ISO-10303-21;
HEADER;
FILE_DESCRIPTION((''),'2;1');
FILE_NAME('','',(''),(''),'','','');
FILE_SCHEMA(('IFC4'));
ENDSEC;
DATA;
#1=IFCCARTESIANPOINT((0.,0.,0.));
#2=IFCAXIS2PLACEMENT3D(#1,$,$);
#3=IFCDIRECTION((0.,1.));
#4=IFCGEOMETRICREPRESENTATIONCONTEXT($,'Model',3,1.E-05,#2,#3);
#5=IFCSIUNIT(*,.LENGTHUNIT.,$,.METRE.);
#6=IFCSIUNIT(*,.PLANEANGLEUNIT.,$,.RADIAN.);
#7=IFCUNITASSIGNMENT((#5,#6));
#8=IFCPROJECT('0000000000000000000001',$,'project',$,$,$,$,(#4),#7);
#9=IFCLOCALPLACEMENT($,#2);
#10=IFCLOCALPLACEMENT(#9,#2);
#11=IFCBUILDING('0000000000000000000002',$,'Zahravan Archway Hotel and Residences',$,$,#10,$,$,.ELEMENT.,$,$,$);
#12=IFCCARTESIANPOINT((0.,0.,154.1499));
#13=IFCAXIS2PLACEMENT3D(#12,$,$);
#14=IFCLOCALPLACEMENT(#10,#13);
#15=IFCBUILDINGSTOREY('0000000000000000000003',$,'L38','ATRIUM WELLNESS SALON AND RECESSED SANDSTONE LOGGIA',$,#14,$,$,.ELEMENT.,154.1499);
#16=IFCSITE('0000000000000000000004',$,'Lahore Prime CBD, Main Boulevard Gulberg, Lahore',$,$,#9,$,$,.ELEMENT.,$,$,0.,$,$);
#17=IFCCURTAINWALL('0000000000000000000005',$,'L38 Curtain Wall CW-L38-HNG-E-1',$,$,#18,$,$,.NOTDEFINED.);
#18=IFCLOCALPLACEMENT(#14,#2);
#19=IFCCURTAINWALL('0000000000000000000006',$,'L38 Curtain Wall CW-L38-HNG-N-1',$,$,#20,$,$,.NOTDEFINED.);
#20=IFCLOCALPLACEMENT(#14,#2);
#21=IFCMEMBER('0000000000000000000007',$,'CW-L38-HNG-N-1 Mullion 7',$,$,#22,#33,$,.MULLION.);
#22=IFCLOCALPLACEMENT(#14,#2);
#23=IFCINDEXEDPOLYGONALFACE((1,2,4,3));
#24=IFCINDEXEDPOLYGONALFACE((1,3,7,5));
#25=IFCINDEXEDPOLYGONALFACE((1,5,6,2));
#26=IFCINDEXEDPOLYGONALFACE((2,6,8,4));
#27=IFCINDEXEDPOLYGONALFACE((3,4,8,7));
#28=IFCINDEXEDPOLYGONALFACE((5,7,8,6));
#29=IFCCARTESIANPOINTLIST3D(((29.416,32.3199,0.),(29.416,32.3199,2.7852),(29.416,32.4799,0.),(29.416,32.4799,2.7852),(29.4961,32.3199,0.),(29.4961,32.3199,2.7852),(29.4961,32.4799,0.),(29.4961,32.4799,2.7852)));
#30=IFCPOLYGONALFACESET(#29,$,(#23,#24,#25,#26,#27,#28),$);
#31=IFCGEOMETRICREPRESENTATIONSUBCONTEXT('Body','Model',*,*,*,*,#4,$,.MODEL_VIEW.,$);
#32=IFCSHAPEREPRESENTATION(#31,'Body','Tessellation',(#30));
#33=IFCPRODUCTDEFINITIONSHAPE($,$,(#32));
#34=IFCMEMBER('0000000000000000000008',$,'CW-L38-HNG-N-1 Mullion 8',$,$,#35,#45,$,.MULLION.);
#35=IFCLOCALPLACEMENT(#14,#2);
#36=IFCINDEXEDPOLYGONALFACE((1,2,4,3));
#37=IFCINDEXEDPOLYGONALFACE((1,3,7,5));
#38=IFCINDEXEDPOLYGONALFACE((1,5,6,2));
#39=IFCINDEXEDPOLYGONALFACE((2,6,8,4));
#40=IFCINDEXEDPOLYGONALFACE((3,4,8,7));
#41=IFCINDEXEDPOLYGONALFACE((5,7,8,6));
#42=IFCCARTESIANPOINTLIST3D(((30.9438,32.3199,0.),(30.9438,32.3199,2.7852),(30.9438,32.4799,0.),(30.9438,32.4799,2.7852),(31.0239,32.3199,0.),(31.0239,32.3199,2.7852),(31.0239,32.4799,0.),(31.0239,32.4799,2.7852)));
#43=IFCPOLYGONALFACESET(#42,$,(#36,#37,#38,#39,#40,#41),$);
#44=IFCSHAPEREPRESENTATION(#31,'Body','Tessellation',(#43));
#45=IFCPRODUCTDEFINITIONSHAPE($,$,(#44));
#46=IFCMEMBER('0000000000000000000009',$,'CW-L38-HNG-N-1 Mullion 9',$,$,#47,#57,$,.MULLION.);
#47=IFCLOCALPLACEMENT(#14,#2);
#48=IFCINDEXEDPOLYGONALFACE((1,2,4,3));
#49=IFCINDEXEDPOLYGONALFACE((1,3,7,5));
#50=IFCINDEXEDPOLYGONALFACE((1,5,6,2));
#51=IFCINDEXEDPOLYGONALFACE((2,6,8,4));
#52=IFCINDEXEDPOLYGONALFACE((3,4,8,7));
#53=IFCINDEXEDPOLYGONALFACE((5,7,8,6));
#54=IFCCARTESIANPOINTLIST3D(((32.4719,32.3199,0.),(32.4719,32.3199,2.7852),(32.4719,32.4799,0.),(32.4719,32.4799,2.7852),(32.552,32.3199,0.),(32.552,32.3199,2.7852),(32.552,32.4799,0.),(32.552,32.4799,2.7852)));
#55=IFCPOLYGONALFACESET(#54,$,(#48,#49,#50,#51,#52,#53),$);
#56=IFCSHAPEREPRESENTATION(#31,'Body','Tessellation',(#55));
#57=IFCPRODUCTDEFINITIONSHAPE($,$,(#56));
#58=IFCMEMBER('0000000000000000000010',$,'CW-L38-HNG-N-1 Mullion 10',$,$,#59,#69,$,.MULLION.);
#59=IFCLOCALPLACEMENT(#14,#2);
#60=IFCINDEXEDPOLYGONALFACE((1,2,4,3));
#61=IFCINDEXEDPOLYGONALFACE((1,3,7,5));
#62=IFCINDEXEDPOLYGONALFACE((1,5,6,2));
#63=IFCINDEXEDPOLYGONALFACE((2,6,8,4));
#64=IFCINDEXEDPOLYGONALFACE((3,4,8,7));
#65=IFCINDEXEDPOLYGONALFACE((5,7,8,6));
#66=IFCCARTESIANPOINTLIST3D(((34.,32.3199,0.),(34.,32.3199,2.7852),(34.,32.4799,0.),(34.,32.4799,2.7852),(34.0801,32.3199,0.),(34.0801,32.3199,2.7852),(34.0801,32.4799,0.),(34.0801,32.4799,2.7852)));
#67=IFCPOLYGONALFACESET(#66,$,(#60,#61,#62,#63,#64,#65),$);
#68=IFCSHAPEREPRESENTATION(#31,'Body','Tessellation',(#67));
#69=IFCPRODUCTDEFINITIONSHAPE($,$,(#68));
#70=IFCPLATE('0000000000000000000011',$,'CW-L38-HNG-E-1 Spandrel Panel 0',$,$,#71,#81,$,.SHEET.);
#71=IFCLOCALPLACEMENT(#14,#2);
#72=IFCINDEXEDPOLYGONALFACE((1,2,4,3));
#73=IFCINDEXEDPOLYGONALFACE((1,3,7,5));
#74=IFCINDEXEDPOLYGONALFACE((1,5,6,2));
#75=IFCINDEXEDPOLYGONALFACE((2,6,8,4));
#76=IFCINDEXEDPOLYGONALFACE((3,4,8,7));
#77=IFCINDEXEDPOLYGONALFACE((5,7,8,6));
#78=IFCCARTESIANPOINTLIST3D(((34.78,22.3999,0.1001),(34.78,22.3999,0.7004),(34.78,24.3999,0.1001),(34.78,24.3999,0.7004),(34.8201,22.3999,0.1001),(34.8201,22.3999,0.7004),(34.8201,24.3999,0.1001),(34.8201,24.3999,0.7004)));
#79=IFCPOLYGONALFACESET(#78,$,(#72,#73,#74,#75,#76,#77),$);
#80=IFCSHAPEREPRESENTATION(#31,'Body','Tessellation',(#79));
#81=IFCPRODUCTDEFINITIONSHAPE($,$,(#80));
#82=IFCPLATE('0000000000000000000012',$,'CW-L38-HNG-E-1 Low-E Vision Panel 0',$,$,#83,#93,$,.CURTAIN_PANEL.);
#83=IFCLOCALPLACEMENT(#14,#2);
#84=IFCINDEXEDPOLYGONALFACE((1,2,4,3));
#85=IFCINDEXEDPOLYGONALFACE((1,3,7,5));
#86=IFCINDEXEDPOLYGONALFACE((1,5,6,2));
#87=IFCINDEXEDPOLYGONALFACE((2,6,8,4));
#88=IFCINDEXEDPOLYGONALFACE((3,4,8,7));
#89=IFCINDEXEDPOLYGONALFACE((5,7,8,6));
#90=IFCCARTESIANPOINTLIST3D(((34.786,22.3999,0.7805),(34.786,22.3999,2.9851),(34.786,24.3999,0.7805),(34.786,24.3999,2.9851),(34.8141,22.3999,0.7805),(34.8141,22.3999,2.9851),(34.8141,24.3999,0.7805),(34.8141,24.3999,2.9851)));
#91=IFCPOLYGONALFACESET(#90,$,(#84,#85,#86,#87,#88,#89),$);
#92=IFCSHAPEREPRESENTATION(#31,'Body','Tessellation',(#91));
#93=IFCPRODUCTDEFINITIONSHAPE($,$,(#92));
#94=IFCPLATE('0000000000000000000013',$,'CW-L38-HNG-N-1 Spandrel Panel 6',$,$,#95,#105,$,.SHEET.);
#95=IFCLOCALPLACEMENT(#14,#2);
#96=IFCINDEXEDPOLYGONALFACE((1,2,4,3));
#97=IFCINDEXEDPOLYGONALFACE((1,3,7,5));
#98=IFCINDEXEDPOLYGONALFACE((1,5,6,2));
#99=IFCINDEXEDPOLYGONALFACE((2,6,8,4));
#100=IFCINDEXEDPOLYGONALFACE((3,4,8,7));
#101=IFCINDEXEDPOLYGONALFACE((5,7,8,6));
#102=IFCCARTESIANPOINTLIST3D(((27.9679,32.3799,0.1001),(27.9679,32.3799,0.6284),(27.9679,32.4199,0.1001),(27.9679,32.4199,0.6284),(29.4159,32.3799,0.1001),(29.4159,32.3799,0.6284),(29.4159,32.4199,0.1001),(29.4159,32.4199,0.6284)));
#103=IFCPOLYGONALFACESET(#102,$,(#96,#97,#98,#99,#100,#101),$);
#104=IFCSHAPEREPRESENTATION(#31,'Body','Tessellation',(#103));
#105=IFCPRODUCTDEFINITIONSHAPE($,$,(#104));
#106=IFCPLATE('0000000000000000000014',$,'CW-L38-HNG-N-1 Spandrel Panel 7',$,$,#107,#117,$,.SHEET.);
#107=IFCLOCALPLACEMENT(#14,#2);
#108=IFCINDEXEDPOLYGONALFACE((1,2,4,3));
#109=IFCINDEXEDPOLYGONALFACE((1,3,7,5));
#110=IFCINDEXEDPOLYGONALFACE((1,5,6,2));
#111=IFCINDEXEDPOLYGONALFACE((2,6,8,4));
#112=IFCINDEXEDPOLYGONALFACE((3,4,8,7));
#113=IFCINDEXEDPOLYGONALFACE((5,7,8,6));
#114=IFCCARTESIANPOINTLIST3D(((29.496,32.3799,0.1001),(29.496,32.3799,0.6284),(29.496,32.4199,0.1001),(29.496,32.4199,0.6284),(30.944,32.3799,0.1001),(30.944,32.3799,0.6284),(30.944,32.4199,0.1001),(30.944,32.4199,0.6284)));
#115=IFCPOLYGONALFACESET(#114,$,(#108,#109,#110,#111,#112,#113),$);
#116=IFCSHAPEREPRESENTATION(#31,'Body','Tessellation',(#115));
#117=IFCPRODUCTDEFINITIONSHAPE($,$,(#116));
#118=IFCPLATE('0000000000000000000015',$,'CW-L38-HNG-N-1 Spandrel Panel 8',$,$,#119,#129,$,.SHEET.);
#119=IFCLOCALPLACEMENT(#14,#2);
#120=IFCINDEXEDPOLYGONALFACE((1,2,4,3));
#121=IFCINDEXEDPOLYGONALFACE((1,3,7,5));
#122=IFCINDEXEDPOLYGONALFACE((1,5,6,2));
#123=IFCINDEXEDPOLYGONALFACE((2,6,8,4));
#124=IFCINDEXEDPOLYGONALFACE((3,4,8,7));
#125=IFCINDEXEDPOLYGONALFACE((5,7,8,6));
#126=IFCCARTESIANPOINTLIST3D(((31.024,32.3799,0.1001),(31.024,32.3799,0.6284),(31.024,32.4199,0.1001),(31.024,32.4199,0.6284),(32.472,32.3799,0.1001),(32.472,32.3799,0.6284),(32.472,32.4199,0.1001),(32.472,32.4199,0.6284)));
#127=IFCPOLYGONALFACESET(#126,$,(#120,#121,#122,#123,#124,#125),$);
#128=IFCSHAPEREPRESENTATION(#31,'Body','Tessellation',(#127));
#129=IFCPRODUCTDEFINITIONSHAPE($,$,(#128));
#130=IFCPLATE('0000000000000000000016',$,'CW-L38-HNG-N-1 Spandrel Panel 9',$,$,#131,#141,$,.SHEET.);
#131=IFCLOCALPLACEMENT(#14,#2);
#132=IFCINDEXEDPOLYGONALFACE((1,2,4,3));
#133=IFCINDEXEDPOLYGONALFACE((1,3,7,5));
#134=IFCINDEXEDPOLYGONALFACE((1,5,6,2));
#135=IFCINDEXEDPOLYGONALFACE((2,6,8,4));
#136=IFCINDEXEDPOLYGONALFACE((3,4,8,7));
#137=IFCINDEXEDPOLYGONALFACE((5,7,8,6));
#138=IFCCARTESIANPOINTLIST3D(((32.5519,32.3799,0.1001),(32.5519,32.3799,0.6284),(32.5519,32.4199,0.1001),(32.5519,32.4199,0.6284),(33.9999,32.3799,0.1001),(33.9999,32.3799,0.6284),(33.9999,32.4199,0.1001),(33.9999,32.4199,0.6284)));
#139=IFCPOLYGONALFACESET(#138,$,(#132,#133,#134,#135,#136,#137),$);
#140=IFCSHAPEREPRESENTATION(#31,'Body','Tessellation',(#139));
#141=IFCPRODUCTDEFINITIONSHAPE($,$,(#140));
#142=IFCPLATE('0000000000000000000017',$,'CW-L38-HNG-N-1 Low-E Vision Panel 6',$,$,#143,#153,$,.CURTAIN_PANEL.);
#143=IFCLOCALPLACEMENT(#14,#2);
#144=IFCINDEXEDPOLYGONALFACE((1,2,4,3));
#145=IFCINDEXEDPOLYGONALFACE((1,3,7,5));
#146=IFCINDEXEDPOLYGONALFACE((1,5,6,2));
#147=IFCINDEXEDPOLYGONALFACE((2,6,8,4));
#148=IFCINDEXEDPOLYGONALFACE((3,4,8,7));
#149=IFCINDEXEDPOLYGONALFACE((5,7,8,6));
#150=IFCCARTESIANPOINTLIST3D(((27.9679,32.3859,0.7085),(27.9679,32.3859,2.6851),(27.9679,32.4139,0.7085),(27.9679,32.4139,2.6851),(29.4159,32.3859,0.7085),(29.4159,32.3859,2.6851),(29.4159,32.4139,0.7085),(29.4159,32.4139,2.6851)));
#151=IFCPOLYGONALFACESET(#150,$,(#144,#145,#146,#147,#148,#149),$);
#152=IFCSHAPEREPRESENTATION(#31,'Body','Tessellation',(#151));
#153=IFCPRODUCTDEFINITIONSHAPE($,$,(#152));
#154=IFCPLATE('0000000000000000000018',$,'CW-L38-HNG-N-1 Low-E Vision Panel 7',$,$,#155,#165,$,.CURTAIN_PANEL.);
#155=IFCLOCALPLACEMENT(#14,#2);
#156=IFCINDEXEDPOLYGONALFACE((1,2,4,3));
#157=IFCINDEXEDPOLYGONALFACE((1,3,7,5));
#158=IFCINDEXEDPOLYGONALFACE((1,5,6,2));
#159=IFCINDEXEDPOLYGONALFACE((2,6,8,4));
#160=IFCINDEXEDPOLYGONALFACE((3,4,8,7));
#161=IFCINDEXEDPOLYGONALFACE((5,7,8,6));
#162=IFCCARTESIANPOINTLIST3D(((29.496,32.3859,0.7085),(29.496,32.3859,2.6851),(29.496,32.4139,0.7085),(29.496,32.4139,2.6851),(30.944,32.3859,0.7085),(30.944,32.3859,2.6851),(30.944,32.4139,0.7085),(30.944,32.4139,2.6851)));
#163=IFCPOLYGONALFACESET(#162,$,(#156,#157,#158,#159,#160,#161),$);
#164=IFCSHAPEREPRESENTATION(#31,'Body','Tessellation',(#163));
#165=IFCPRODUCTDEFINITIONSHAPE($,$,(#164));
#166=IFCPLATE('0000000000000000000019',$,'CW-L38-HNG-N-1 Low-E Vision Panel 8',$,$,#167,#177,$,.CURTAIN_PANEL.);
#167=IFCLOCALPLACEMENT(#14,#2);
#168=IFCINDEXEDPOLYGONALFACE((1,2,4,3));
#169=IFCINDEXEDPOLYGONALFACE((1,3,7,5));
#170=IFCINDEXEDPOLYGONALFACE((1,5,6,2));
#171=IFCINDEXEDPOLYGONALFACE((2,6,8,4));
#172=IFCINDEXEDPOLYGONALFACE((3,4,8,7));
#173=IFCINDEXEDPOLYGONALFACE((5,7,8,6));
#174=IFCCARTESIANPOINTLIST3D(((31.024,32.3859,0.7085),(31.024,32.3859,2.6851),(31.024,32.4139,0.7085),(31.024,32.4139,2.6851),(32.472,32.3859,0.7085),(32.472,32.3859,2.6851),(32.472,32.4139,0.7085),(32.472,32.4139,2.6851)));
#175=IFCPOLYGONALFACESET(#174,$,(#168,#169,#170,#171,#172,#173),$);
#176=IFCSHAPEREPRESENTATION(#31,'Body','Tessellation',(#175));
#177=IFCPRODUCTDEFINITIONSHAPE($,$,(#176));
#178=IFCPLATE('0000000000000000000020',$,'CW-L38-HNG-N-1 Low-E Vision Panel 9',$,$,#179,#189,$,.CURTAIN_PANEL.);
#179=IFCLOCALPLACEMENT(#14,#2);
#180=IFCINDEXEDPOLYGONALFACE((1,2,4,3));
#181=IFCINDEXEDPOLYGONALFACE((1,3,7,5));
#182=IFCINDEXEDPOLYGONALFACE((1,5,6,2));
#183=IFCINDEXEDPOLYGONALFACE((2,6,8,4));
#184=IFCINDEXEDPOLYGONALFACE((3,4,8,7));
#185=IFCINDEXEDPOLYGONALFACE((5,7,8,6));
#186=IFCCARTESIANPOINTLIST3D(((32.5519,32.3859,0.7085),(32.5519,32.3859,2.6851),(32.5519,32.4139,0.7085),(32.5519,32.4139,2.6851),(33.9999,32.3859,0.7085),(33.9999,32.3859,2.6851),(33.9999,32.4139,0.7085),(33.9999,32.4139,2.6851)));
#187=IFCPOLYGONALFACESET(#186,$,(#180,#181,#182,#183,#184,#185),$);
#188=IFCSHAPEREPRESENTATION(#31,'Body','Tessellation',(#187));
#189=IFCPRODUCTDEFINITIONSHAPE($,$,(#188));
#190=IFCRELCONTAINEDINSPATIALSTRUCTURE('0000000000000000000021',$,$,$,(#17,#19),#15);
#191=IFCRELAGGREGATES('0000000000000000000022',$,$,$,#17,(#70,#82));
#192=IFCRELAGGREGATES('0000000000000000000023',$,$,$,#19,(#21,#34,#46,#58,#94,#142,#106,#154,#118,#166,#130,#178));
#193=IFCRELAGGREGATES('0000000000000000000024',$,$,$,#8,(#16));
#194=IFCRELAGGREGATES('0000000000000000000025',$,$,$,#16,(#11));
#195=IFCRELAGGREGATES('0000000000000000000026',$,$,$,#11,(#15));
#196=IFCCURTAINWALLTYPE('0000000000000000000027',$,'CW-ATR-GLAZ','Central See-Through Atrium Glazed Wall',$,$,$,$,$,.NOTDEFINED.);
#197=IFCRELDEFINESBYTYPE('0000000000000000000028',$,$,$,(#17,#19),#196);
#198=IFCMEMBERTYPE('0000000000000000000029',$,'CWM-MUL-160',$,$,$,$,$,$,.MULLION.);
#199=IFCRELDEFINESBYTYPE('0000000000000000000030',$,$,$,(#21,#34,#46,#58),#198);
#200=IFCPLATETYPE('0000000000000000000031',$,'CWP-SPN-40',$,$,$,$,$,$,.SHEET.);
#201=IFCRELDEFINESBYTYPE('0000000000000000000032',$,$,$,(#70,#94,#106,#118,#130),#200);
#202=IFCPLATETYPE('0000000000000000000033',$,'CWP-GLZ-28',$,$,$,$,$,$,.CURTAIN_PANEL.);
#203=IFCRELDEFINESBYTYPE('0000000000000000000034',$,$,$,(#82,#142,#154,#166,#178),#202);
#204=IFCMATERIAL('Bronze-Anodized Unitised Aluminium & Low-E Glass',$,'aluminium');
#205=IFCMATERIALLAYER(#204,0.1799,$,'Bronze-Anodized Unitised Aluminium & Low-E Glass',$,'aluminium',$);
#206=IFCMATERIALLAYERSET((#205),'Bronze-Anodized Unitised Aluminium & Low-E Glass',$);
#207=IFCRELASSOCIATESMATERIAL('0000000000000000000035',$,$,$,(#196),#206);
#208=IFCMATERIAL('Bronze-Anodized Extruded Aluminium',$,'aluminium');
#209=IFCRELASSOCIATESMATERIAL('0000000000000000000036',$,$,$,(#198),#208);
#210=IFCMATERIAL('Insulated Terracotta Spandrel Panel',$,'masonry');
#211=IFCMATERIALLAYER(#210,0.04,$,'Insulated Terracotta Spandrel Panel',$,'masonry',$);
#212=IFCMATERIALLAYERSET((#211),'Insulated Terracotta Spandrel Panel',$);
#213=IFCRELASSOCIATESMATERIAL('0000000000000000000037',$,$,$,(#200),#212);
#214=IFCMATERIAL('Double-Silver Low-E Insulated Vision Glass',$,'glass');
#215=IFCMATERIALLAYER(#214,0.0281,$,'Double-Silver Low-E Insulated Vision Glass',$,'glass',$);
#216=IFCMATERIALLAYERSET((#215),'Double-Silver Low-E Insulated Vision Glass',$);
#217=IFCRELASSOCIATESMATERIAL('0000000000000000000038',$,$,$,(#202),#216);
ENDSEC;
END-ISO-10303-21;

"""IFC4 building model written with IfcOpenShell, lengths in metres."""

from ifc_helpers import new_model, si_unit, direction, frame, origin, origin_2d, place, context, subcontext, project, spatial, rectangle, extrude, source, transform, mapped, material, layer, layer_set, material_profile, profile_set, type_object, element, aggregate, save


model = new_model("IFC4")

# Units and contexts
model_context = context("Model", 3, precision=1e-05, world=origin(), true_north=direction((0.0, 1.0)))
body_context = subcontext(model_context, "Body", "Model", "MODEL_VIEW")
ifc_project = project(units=[si_unit("LENGTHUNIT", "METRE"), si_unit("PLANEANGLEUNIT", "RADIAN")], contexts=[model_context])

# Site, building, storey
site_placement = place(None, origin())
site = spatial("IfcSite", under=ifc_project, at=site_placement, Name="Lahore Prime CBD, Main Boulevard Gulberg, Lahore", CompositionType="ELEMENT", RefElevation=0.0)
building_placement = place(site_placement, origin())
building = spatial("IfcBuilding", under=site, at=building_placement, Name="Zahravan Archway Hotel and Residences", CompositionType="ELEMENT")
storey_placement = place(building_placement, frame((0.0, 0.0, 154.1499)))
storey = spatial("IfcBuildingStorey", under=building, at=storey_placement, Name="L38", Description="ATRIUM WELLNESS SALON AND RECESSED SANDSTONE LOGGIA", CompositionType="ELEMENT", Elevation=154.1499)

# Curtain walls
ifc_material_1 = material(Name="Bronze-Anodized Unitised Aluminium & Low-E Glass", Category="aluminium")
ifc_layer_1 = layer(ifc_material_1, 0.1799, Name="Bronze-Anodized Unitised Aluminium & Low-E Glass", Category="aluminium")
ifc_layer_set_1 = layer_set([ifc_layer_1], Name="Bronze-Anodized Unitised Aluminium & Low-E Glass")
curtain_wall_type = type_object("IfcCurtainWallType", Name="CW-ATR-GLAZ", Description="Central See-Through Atrium Glazed Wall", PredefinedType="NOTDEFINED", material=ifc_layer_set_1)
curtain_wall_1_placement = place(storey_placement, origin())
curtain_wall_1 = element("IfcCurtainWall", 1, at=curtain_wall_1_placement, inside=storey, type_object=curtain_wall_type, Name="L38 Curtain Wall CW-L38-HNG-E-1", PredefinedType="NOTDEFINED")
ifc_material_2 = material(Name="Bronze-Anodized Extruded Aluminium", Category="aluminium")
curtain_wall_2_placement = place(storey_placement, origin())
curtain_wall_2 = element("IfcCurtainWall", 2, at=curtain_wall_2_placement, inside=storey, type_object=curtain_wall_type, Name="L38 Curtain Wall CW-L38-HNG-N-1", PredefinedType="NOTDEFINED")

# Members
ifc_material_profile_1 = material_profile(ifc_material_2, rectangle(XDim=0.0801, YDim=0.1599, at=origin_2d()), Name="MUL 80x160", Category="aluminium")
ifc_profile_set_1 = profile_set([ifc_material_profile_1], Name="Bronze-Anodized Extruded Aluminium")
member_type_1 = type_object("IfcMemberType", Name="CWM-MUL-160", PredefinedType="MULLION", material=ifc_profile_set_1)
shared_shape_1 = source(origin(), body_context, "Body", "SweptSolid", [
    extrude(rectangle(XDim=0.0801, YDim=0.1599, at=origin_2d()), origin(), (0.0, 0.0, 1.0), 2.7852),
])
member_1_placement = place(storey_placement, frame((29.4561, 32.3999, 0.0), z_axis=(0.0, 0.0, 1.0), x_axis=(1.0, 0.0, 0.0)))
member_1 = element("IfcMember", 3, at=member_1_placement, type_object=member_type_1, Name="CW-L38-HNG-N-1 Mullion 7", PredefinedType="MULLION", context=body_context, shape_type="MappedRepresentation", body=[
    mapped(shared_shape_1, transform((0.0, 0.0, 0.0), scale=1.0)),
])
member_2_placement = place(storey_placement, frame((30.9839, 32.3999, 0.0), z_axis=(0.0, 0.0, 1.0), x_axis=(1.0, 0.0, 0.0)))
member_2 = element("IfcMember", 4, at=member_2_placement, type_object=member_type_1, Name="CW-L38-HNG-N-1 Mullion 8", PredefinedType="MULLION", context=body_context, shape_type="MappedRepresentation", body=[
    mapped(shared_shape_1, transform((0.0, 0.0, 0.0), scale=1.0)),
])
member_3_placement = place(storey_placement, frame((32.512, 32.3999, 0.0), z_axis=(0.0, 0.0, 1.0), x_axis=(1.0, 0.0, 0.0)))
member_3 = element("IfcMember", 5, at=member_3_placement, type_object=member_type_1, Name="CW-L38-HNG-N-1 Mullion 9", PredefinedType="MULLION", context=body_context, shape_type="MappedRepresentation", body=[
    mapped(shared_shape_1, transform((0.0, 0.0, 0.0), scale=1.0)),
])
member_4_placement = place(storey_placement, frame((34.04, 32.3999, 0.0), z_axis=(0.0, 0.0, 1.0), x_axis=(1.0, 0.0, 0.0)))
member_4 = element("IfcMember", 6, at=member_4_placement, type_object=member_type_1, Name="CW-L38-HNG-N-1 Mullion 10", PredefinedType="MULLION", context=body_context, shape_type="MappedRepresentation", body=[
    mapped(shared_shape_1, transform((0.0, 0.0, 0.0), scale=1.0)),
])

# Plates
ifc_material_3 = material(Name="Insulated Terracotta Spandrel Panel", Category="masonry")
ifc_layer_2 = layer(ifc_material_3, 0.04, Name="Insulated Terracotta Spandrel Panel", Category="masonry")
ifc_layer_set_2 = layer_set([ifc_layer_2], Name="Insulated Terracotta Spandrel Panel")
plate_type_1 = type_object("IfcPlateType", Name="CWP-SPN-40", PredefinedType="SHEET", material=ifc_layer_set_2)
shared_shape_2 = source(origin(), body_context, "Body", "SweptSolid", [
    extrude(rectangle(XDim=2.0, YDim=0.04, at=origin_2d()), origin(), (0.0, 0.0, 1.0), 0.6003),
])
plate_1_placement = place(storey_placement, frame((34.8, 23.3999, 0.1001), z_axis=(0.0, 0.0, 1.0), x_axis=(0.0, 1.0, 0.0)))
plate_1 = element("IfcPlate", 7, at=plate_1_placement, type_object=plate_type_1, Name="CW-L38-HNG-E-1 Spandrel Panel 0", PredefinedType="SHEET", context=body_context, shape_type="MappedRepresentation", body=[
    mapped(shared_shape_2, transform((0.0, 0.0, 0.0), scale=1.0)),
])
ifc_material_4 = material(Name="Double-Silver Low-E Insulated Vision Glass", Category="glass")
ifc_layer_3 = layer(ifc_material_4, 0.0281, Name="Double-Silver Low-E Insulated Vision Glass", Category="glass")
ifc_layer_set_3 = layer_set([ifc_layer_3], Name="Double-Silver Low-E Insulated Vision Glass")
plate_type_2 = type_object("IfcPlateType", Name="CWP-GLZ-28", PredefinedType="CURTAIN_PANEL", material=ifc_layer_set_3)
shared_shape_3 = source(origin(), body_context, "Body", "SweptSolid", [
    extrude(rectangle(XDim=2.0, YDim=0.0281, at=origin_2d()), origin(), (0.0, 0.0, 1.0), 2.2046),
])
plate_2_placement = place(storey_placement, frame((34.8, 23.3999, 0.7805), z_axis=(0.0, 0.0, 1.0), x_axis=(0.0, 1.0, 0.0)))
plate_2 = element("IfcPlate", 8, at=plate_2_placement, type_object=plate_type_2, Name="CW-L38-HNG-E-1 Low-E Vision Panel 0", PredefinedType="CURTAIN_PANEL", context=body_context, shape_type="MappedRepresentation", body=[
    mapped(shared_shape_3, transform((0.0, 0.0, 0.0), scale=1.0)),
])
aggregate(curtain_wall_1, [plate_1, plate_2])
shared_shape_4 = source(origin(), body_context, "Body", "SweptSolid", [
    extrude(rectangle(XDim=1.448, YDim=0.04, at=origin_2d()), origin(), (0.0, 0.0, 1.0), 0.5283),
])
plate_3_placement = place(storey_placement, frame((28.6919, 32.3999, 0.1001), z_axis=(0.0, 0.0, 1.0), x_axis=(1.0, 0.0, 0.0)))
plate_3 = element("IfcPlate", 9, at=plate_3_placement, type_object=plate_type_1, Name="CW-L38-HNG-N-1 Spandrel Panel 6", PredefinedType="SHEET", context=body_context, shape_type="MappedRepresentation", body=[
    mapped(shared_shape_4, transform((0.0, 0.0, 0.0), scale=1.0)),
])
plate_4_placement = place(storey_placement, frame((30.22, 32.3999, 0.1001), z_axis=(0.0, 0.0, 1.0), x_axis=(1.0, 0.0, 0.0)))
plate_4 = element("IfcPlate", 10, at=plate_4_placement, type_object=plate_type_1, Name="CW-L38-HNG-N-1 Spandrel Panel 7", PredefinedType="SHEET", context=body_context, shape_type="MappedRepresentation", body=[
    mapped(shared_shape_4, transform((0.0, 0.0, 0.0), scale=1.0)),
])
plate_5_placement = place(storey_placement, frame((31.748, 32.3999, 0.1001), z_axis=(0.0, 0.0, 1.0), x_axis=(1.0, 0.0, 0.0)))
plate_5 = element("IfcPlate", 11, at=plate_5_placement, type_object=plate_type_1, Name="CW-L38-HNG-N-1 Spandrel Panel 8", PredefinedType="SHEET", context=body_context, shape_type="MappedRepresentation", body=[
    mapped(shared_shape_4, transform((0.0, 0.0, 0.0), scale=1.0)),
])
plate_6_placement = place(storey_placement, frame((33.2759, 32.3999, 0.1001), z_axis=(0.0, 0.0, 1.0), x_axis=(1.0, 0.0, 0.0)))
plate_6 = element("IfcPlate", 12, at=plate_6_placement, type_object=plate_type_1, Name="CW-L38-HNG-N-1 Spandrel Panel 9", PredefinedType="SHEET", context=body_context, shape_type="MappedRepresentation", body=[
    mapped(shared_shape_4, transform((0.0, 0.0, 0.0), scale=1.0)),
])
shared_shape_5 = source(origin(), body_context, "Body", "SweptSolid", [
    extrude(rectangle(XDim=1.448, YDim=0.0281, at=origin_2d()), origin(), (0.0, 0.0, 1.0), 1.9766),
])
plate_7_placement = place(storey_placement, frame((28.6919, 32.3999, 0.7085), z_axis=(0.0, 0.0, 1.0), x_axis=(1.0, 0.0, 0.0)))
plate_7 = element("IfcPlate", 13, at=plate_7_placement, type_object=plate_type_2, Name="CW-L38-HNG-N-1 Low-E Vision Panel 6", PredefinedType="CURTAIN_PANEL", context=body_context, shape_type="MappedRepresentation", body=[
    mapped(shared_shape_5, transform((0.0, 0.0, 0.0), scale=1.0)),
])
plate_8_placement = place(storey_placement, frame((30.22, 32.3999, 0.7085), z_axis=(0.0, 0.0, 1.0), x_axis=(1.0, 0.0, 0.0)))
plate_8 = element("IfcPlate", 14, at=plate_8_placement, type_object=plate_type_2, Name="CW-L38-HNG-N-1 Low-E Vision Panel 7", PredefinedType="CURTAIN_PANEL", context=body_context, shape_type="MappedRepresentation", body=[
    mapped(shared_shape_5, transform((0.0, 0.0, 0.0), scale=1.0)),
])
plate_9_placement = place(storey_placement, frame((31.748, 32.3999, 0.7085), z_axis=(0.0, 0.0, 1.0), x_axis=(1.0, 0.0, 0.0)))
plate_9 = element("IfcPlate", 15, at=plate_9_placement, type_object=plate_type_2, Name="CW-L38-HNG-N-1 Low-E Vision Panel 8", PredefinedType="CURTAIN_PANEL", context=body_context, shape_type="MappedRepresentation", body=[
    mapped(shared_shape_5, transform((0.0, 0.0, 0.0), scale=1.0)),
])
plate_10_placement = place(storey_placement, frame((33.2759, 32.3999, 0.7085), z_axis=(0.0, 0.0, 1.0), x_axis=(1.0, 0.0, 0.0)))
plate_10 = element("IfcPlate", 16, at=plate_10_placement, type_object=plate_type_2, Name="CW-L38-HNG-N-1 Low-E Vision Panel 9", PredefinedType="CURTAIN_PANEL", context=body_context, shape_type="MappedRepresentation", body=[
    mapped(shared_shape_5, transform((0.0, 0.0, 0.0), scale=1.0)),
])
aggregate(curtain_wall_2, [member_1, member_2, member_3, member_4, plate_3, plate_7, plate_4, plate_8, plate_5, plate_9, plate_6, plate_10])

save(model, "model.ifc")
